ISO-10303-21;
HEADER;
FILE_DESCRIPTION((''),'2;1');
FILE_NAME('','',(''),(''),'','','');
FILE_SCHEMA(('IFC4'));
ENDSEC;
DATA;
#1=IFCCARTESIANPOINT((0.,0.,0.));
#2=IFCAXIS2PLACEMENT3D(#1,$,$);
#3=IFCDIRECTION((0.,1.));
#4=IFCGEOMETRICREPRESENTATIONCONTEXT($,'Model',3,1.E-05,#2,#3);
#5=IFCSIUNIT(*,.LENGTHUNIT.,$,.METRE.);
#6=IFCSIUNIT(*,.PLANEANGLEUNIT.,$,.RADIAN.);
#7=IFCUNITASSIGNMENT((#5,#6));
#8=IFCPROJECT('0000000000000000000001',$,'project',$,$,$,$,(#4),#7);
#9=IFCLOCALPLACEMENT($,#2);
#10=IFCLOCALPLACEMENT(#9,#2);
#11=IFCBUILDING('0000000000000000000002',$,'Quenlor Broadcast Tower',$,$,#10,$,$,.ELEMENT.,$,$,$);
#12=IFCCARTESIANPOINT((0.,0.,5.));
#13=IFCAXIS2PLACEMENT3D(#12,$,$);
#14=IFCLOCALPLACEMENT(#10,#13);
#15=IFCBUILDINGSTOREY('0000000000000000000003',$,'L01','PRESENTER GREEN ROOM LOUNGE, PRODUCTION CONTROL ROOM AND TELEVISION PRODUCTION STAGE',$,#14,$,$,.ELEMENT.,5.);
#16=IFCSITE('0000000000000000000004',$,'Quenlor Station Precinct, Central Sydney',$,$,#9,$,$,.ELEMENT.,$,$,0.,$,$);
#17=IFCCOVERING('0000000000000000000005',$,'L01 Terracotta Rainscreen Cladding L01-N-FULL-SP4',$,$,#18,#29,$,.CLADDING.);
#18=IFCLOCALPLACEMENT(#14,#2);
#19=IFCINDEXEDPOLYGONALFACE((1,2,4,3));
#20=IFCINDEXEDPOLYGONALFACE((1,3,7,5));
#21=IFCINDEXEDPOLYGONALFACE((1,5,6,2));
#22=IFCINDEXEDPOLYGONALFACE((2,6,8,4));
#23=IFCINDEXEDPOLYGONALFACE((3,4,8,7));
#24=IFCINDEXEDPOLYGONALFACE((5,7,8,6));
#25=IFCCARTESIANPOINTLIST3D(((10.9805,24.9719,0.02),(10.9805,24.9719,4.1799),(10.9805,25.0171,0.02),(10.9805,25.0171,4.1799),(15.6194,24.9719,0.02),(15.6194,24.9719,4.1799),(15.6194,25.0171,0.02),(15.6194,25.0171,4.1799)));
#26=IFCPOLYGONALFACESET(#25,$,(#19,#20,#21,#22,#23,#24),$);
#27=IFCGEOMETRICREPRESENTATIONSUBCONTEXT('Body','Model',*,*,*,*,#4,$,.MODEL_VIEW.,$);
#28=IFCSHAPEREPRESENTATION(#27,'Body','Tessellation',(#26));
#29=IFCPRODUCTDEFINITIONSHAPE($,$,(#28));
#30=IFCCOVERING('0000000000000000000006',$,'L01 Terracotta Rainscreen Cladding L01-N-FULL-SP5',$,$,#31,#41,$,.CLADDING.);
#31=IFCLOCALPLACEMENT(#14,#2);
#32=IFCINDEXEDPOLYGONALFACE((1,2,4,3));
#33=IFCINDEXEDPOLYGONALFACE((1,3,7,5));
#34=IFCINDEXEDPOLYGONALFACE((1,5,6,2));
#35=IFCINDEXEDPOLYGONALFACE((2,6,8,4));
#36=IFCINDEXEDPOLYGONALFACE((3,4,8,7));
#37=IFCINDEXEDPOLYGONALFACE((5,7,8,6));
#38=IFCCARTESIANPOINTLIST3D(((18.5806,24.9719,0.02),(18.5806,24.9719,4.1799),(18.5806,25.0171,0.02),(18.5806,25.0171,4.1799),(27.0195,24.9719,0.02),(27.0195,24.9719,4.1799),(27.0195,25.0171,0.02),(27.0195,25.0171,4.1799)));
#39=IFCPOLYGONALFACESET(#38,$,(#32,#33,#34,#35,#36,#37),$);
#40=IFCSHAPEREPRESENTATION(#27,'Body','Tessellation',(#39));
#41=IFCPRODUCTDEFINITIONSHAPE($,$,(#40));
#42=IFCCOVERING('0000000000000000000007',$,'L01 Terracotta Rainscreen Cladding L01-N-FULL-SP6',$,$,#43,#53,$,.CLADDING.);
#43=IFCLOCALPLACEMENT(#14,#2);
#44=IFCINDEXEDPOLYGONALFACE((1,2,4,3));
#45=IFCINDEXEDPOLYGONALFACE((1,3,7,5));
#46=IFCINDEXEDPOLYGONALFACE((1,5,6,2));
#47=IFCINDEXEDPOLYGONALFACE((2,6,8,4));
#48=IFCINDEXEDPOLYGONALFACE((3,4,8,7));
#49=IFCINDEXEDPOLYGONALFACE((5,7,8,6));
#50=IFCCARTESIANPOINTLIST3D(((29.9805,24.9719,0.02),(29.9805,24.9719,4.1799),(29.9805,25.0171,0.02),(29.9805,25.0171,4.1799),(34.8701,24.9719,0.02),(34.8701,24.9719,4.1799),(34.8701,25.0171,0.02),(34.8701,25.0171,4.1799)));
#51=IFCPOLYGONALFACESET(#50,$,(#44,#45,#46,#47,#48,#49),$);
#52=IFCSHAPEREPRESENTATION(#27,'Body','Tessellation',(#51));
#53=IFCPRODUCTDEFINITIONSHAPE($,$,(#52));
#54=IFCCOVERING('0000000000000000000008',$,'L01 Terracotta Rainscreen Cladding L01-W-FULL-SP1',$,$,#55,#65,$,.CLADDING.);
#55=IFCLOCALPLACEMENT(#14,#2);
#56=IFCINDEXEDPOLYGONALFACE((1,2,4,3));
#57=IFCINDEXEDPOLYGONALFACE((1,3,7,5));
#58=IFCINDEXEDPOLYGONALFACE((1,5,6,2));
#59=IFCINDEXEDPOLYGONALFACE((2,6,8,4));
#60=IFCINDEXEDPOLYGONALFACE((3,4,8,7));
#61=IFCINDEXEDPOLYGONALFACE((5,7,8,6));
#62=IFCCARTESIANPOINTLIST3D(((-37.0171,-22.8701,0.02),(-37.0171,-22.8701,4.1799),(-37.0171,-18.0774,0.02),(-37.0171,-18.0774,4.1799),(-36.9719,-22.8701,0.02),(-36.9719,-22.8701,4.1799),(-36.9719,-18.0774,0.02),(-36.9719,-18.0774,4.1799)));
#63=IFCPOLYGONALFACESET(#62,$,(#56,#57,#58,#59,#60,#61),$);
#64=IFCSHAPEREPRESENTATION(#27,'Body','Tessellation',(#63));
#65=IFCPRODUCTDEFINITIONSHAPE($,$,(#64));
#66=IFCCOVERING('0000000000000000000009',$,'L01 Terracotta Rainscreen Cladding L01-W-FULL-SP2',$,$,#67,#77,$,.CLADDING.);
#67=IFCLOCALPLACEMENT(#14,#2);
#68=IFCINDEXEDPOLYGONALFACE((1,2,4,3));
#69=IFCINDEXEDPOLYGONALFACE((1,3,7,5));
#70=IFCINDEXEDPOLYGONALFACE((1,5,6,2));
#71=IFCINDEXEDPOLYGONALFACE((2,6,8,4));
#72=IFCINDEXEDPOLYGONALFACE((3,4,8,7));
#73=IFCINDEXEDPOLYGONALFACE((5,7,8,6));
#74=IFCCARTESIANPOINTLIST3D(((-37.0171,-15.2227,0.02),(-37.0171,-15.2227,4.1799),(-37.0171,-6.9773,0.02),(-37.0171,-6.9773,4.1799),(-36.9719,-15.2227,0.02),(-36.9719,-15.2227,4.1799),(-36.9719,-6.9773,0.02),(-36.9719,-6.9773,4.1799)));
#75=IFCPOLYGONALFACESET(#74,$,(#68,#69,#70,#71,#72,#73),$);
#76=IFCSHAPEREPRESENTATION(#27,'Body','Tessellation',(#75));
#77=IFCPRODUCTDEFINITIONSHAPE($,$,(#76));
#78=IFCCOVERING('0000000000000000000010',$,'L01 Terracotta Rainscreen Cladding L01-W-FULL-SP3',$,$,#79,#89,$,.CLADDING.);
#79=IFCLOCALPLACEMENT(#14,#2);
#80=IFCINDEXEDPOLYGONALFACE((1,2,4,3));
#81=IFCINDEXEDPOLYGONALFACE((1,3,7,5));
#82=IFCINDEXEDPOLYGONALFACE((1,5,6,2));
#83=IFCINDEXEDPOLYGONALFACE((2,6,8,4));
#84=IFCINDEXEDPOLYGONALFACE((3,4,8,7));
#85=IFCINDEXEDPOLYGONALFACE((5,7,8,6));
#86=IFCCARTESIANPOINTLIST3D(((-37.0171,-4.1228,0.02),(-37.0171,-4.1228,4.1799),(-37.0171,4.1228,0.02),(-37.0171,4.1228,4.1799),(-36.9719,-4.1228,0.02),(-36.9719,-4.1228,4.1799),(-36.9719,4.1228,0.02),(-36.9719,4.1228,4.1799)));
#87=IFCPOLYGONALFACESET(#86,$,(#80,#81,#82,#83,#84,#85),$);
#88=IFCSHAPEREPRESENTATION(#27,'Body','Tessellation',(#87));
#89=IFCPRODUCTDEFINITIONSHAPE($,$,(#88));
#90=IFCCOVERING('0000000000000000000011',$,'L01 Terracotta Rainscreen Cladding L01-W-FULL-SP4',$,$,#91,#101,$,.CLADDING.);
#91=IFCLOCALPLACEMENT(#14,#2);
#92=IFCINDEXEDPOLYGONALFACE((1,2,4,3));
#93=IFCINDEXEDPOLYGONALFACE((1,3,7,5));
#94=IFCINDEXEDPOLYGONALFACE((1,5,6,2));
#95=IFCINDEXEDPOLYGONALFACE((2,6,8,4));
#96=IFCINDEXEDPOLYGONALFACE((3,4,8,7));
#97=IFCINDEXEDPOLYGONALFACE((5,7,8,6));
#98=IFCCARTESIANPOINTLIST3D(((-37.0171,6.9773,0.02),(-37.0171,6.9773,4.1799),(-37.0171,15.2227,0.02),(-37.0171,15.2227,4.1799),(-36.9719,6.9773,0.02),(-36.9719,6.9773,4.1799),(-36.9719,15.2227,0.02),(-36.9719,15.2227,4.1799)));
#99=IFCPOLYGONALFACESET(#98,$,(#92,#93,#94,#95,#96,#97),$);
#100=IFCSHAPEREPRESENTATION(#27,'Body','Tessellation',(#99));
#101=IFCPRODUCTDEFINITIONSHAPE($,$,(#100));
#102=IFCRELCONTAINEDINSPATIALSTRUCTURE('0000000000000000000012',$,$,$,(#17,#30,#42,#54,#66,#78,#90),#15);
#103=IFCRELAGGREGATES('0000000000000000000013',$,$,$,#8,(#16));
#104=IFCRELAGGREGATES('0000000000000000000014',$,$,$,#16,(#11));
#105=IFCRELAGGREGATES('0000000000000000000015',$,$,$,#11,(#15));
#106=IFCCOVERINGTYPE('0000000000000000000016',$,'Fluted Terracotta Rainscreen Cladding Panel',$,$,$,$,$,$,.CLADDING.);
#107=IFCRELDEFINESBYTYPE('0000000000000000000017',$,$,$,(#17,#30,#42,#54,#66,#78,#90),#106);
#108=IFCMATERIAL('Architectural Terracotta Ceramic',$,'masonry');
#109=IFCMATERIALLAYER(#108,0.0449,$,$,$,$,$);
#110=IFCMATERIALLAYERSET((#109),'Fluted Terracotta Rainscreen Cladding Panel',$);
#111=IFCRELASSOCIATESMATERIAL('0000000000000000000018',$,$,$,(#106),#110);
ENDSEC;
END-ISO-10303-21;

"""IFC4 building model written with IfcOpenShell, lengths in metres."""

from ifc_helpers import new_model, si_unit, direction, frame, origin, place, context, subcontext, project, spatial, polyline, outline, extrude, material, layer, layer_set, type_object, element, save


model = new_model("IFC4")

# Units and contexts
model_context = context("Model", 3, precision=1e-05, world=origin(), true_north=direction((0.0, 1.0)))
body_context = subcontext(model_context, "Body", "Model", "MODEL_VIEW")
ifc_project = project(units=[si_unit("LENGTHUNIT", "METRE"), si_unit("PLANEANGLEUNIT", "RADIAN")], contexts=[model_context])

# Site, building, storey
site_placement = place(None, origin())
site = spatial("IfcSite", under=ifc_project, at=site_placement, Name="Quenlor Station Precinct, Central Sydney", CompositionType="ELEMENT", RefElevation=0.0)
building_placement = place(site_placement, origin())
building = spatial("IfcBuilding", under=site, at=building_placement, Name="Quenlor Broadcast Tower", CompositionType="ELEMENT")
storey_placement = place(building_placement, frame((0.0, 0.0, 5.0)))
storey = spatial("IfcBuildingStorey", under=building, at=storey_placement, Name="L01", Description="PRESENTER GREEN ROOM LOUNGE, PRODUCTION CONTROL ROOM AND TELEVISION PRODUCTION STAGE", CompositionType="ELEMENT", Elevation=5.0)

# Coverings
ifc_material_1 = material(Name="Architectural Terracotta Ceramic", Category="masonry")
ifc_layer_1 = layer(ifc_material_1, 0.0449)
ifc_layer_set_1 = layer_set([ifc_layer_1], Name="Fluted Terracotta Rainscreen Cladding Panel")
covering_type = type_object("IfcCoveringType", Name="Fluted Terracotta Rainscreen Cladding Panel", PredefinedType="CLADDING", material=ifc_layer_set_1)
covering_1_placement = place(storey_placement, frame((0.0, 0.0, 0.02)))
element("IfcCovering", 1, at=covering_1_placement, inside=storey, type_object=covering_type, Name="L01 Terracotta Rainscreen Cladding L01-N-FULL-SP4", PredefinedType="CLADDING", context=body_context, shape_type="SweptSolid", body=[
    extrude(outline(polyline([(10.9805, 24.9719), (15.6194, 24.9719), (15.6194, 25.0171), (10.9805, 25.0171), (10.9805, 24.9719)])), origin(), (0.0, 0.0, 1.0), 4.1599),
])
covering_2_placement = place(storey_placement, frame((0.0, 0.0, 0.02)))
element("IfcCovering", 2, at=covering_2_placement, inside=storey, type_object=covering_type, Name="L01 Terracotta Rainscreen Cladding L01-N-FULL-SP5", PredefinedType="CLADDING", context=body_context, shape_type="SweptSolid", body=[
    extrude(outline(polyline([(18.5806, 24.9719), (27.0195, 24.9719), (27.0195, 25.0171), (18.5806, 25.0171), (18.5806, 24.9719)])), origin(), (0.0, 0.0, 1.0), 4.1599),
])
covering_3_placement = place(storey_placement, frame((0.0, 0.0, 0.02)))
element("IfcCovering", 3, at=covering_3_placement, inside=storey, type_object=covering_type, Name="L01 Terracotta Rainscreen Cladding L01-N-FULL-SP6", PredefinedType="CLADDING", context=body_context, shape_type="SweptSolid", body=[
    extrude(outline(polyline([(29.9805, 24.9719), (34.8701, 24.9719), (34.8701, 25.0171), (29.9805, 25.0171), (29.9805, 24.9719)])), origin(), (0.0, 0.0, 1.0), 4.1599),
])
covering_4_placement = place(storey_placement, frame((0.0, 0.0, 0.02)))
element("IfcCovering", 4, at=covering_4_placement, inside=storey, type_object=covering_type, Name="L01 Terracotta Rainscreen Cladding L01-W-FULL-SP1", PredefinedType="CLADDING", context=body_context, shape_type="SweptSolid", body=[
    extrude(outline(polyline([(-36.9719, -22.8701), (-36.9719, -18.0774), (-37.0171, -18.0774), (-37.0171, -22.8701), (-36.9719, -22.8701)])), origin(), (0.0, 0.0, 1.0), 4.1599),
])
covering_5_placement = place(storey_placement, frame((0.0, 0.0, 0.02)))
element("IfcCovering", 5, at=covering_5_placement, inside=storey, type_object=covering_type, Name="L01 Terracotta Rainscreen Cladding L01-W-FULL-SP2", PredefinedType="CLADDING", context=body_context, shape_type="SweptSolid", body=[
    extrude(outline(polyline([(-36.9719, -15.2227), (-36.9719, -6.9773), (-37.0171, -6.9773), (-37.0171, -15.2227), (-36.9719, -15.2227)])), origin(), (0.0, 0.0, 1.0), 4.1599),
])
covering_6_placement = place(storey_placement, frame((0.0, 0.0, 0.02)))
element("IfcCovering", 6, at=covering_6_placement, inside=storey, type_object=covering_type, Name="L01 Terracotta Rainscreen Cladding L01-W-FULL-SP3", PredefinedType="CLADDING", context=body_context, shape_type="SweptSolid", body=[
    extrude(outline(polyline([(-36.9719, -4.1228), (-36.9719, 4.1228), (-37.0171, 4.1228), (-37.0171, -4.1228), (-36.9719, -4.1228)])), origin(), (0.0, 0.0, 1.0), 4.1599),
])
covering_7_placement = place(storey_placement, frame((0.0, 0.0, 0.02)))
element("IfcCovering", 7, at=covering_7_placement, inside=storey, type_object=covering_type, Name="L01 Terracotta Rainscreen Cladding L01-W-FULL-SP4", PredefinedType="CLADDING", context=body_context, shape_type="SweptSolid", body=[
    extrude(outline(polyline([(-36.9719, 6.9773), (-36.9719, 15.2227), (-37.0171, 15.2227), (-37.0171, 6.9773), (-36.9719, 6.9773)])), origin(), (0.0, 0.0, 1.0), 4.1599),
])

save(model, "model.ifc")
